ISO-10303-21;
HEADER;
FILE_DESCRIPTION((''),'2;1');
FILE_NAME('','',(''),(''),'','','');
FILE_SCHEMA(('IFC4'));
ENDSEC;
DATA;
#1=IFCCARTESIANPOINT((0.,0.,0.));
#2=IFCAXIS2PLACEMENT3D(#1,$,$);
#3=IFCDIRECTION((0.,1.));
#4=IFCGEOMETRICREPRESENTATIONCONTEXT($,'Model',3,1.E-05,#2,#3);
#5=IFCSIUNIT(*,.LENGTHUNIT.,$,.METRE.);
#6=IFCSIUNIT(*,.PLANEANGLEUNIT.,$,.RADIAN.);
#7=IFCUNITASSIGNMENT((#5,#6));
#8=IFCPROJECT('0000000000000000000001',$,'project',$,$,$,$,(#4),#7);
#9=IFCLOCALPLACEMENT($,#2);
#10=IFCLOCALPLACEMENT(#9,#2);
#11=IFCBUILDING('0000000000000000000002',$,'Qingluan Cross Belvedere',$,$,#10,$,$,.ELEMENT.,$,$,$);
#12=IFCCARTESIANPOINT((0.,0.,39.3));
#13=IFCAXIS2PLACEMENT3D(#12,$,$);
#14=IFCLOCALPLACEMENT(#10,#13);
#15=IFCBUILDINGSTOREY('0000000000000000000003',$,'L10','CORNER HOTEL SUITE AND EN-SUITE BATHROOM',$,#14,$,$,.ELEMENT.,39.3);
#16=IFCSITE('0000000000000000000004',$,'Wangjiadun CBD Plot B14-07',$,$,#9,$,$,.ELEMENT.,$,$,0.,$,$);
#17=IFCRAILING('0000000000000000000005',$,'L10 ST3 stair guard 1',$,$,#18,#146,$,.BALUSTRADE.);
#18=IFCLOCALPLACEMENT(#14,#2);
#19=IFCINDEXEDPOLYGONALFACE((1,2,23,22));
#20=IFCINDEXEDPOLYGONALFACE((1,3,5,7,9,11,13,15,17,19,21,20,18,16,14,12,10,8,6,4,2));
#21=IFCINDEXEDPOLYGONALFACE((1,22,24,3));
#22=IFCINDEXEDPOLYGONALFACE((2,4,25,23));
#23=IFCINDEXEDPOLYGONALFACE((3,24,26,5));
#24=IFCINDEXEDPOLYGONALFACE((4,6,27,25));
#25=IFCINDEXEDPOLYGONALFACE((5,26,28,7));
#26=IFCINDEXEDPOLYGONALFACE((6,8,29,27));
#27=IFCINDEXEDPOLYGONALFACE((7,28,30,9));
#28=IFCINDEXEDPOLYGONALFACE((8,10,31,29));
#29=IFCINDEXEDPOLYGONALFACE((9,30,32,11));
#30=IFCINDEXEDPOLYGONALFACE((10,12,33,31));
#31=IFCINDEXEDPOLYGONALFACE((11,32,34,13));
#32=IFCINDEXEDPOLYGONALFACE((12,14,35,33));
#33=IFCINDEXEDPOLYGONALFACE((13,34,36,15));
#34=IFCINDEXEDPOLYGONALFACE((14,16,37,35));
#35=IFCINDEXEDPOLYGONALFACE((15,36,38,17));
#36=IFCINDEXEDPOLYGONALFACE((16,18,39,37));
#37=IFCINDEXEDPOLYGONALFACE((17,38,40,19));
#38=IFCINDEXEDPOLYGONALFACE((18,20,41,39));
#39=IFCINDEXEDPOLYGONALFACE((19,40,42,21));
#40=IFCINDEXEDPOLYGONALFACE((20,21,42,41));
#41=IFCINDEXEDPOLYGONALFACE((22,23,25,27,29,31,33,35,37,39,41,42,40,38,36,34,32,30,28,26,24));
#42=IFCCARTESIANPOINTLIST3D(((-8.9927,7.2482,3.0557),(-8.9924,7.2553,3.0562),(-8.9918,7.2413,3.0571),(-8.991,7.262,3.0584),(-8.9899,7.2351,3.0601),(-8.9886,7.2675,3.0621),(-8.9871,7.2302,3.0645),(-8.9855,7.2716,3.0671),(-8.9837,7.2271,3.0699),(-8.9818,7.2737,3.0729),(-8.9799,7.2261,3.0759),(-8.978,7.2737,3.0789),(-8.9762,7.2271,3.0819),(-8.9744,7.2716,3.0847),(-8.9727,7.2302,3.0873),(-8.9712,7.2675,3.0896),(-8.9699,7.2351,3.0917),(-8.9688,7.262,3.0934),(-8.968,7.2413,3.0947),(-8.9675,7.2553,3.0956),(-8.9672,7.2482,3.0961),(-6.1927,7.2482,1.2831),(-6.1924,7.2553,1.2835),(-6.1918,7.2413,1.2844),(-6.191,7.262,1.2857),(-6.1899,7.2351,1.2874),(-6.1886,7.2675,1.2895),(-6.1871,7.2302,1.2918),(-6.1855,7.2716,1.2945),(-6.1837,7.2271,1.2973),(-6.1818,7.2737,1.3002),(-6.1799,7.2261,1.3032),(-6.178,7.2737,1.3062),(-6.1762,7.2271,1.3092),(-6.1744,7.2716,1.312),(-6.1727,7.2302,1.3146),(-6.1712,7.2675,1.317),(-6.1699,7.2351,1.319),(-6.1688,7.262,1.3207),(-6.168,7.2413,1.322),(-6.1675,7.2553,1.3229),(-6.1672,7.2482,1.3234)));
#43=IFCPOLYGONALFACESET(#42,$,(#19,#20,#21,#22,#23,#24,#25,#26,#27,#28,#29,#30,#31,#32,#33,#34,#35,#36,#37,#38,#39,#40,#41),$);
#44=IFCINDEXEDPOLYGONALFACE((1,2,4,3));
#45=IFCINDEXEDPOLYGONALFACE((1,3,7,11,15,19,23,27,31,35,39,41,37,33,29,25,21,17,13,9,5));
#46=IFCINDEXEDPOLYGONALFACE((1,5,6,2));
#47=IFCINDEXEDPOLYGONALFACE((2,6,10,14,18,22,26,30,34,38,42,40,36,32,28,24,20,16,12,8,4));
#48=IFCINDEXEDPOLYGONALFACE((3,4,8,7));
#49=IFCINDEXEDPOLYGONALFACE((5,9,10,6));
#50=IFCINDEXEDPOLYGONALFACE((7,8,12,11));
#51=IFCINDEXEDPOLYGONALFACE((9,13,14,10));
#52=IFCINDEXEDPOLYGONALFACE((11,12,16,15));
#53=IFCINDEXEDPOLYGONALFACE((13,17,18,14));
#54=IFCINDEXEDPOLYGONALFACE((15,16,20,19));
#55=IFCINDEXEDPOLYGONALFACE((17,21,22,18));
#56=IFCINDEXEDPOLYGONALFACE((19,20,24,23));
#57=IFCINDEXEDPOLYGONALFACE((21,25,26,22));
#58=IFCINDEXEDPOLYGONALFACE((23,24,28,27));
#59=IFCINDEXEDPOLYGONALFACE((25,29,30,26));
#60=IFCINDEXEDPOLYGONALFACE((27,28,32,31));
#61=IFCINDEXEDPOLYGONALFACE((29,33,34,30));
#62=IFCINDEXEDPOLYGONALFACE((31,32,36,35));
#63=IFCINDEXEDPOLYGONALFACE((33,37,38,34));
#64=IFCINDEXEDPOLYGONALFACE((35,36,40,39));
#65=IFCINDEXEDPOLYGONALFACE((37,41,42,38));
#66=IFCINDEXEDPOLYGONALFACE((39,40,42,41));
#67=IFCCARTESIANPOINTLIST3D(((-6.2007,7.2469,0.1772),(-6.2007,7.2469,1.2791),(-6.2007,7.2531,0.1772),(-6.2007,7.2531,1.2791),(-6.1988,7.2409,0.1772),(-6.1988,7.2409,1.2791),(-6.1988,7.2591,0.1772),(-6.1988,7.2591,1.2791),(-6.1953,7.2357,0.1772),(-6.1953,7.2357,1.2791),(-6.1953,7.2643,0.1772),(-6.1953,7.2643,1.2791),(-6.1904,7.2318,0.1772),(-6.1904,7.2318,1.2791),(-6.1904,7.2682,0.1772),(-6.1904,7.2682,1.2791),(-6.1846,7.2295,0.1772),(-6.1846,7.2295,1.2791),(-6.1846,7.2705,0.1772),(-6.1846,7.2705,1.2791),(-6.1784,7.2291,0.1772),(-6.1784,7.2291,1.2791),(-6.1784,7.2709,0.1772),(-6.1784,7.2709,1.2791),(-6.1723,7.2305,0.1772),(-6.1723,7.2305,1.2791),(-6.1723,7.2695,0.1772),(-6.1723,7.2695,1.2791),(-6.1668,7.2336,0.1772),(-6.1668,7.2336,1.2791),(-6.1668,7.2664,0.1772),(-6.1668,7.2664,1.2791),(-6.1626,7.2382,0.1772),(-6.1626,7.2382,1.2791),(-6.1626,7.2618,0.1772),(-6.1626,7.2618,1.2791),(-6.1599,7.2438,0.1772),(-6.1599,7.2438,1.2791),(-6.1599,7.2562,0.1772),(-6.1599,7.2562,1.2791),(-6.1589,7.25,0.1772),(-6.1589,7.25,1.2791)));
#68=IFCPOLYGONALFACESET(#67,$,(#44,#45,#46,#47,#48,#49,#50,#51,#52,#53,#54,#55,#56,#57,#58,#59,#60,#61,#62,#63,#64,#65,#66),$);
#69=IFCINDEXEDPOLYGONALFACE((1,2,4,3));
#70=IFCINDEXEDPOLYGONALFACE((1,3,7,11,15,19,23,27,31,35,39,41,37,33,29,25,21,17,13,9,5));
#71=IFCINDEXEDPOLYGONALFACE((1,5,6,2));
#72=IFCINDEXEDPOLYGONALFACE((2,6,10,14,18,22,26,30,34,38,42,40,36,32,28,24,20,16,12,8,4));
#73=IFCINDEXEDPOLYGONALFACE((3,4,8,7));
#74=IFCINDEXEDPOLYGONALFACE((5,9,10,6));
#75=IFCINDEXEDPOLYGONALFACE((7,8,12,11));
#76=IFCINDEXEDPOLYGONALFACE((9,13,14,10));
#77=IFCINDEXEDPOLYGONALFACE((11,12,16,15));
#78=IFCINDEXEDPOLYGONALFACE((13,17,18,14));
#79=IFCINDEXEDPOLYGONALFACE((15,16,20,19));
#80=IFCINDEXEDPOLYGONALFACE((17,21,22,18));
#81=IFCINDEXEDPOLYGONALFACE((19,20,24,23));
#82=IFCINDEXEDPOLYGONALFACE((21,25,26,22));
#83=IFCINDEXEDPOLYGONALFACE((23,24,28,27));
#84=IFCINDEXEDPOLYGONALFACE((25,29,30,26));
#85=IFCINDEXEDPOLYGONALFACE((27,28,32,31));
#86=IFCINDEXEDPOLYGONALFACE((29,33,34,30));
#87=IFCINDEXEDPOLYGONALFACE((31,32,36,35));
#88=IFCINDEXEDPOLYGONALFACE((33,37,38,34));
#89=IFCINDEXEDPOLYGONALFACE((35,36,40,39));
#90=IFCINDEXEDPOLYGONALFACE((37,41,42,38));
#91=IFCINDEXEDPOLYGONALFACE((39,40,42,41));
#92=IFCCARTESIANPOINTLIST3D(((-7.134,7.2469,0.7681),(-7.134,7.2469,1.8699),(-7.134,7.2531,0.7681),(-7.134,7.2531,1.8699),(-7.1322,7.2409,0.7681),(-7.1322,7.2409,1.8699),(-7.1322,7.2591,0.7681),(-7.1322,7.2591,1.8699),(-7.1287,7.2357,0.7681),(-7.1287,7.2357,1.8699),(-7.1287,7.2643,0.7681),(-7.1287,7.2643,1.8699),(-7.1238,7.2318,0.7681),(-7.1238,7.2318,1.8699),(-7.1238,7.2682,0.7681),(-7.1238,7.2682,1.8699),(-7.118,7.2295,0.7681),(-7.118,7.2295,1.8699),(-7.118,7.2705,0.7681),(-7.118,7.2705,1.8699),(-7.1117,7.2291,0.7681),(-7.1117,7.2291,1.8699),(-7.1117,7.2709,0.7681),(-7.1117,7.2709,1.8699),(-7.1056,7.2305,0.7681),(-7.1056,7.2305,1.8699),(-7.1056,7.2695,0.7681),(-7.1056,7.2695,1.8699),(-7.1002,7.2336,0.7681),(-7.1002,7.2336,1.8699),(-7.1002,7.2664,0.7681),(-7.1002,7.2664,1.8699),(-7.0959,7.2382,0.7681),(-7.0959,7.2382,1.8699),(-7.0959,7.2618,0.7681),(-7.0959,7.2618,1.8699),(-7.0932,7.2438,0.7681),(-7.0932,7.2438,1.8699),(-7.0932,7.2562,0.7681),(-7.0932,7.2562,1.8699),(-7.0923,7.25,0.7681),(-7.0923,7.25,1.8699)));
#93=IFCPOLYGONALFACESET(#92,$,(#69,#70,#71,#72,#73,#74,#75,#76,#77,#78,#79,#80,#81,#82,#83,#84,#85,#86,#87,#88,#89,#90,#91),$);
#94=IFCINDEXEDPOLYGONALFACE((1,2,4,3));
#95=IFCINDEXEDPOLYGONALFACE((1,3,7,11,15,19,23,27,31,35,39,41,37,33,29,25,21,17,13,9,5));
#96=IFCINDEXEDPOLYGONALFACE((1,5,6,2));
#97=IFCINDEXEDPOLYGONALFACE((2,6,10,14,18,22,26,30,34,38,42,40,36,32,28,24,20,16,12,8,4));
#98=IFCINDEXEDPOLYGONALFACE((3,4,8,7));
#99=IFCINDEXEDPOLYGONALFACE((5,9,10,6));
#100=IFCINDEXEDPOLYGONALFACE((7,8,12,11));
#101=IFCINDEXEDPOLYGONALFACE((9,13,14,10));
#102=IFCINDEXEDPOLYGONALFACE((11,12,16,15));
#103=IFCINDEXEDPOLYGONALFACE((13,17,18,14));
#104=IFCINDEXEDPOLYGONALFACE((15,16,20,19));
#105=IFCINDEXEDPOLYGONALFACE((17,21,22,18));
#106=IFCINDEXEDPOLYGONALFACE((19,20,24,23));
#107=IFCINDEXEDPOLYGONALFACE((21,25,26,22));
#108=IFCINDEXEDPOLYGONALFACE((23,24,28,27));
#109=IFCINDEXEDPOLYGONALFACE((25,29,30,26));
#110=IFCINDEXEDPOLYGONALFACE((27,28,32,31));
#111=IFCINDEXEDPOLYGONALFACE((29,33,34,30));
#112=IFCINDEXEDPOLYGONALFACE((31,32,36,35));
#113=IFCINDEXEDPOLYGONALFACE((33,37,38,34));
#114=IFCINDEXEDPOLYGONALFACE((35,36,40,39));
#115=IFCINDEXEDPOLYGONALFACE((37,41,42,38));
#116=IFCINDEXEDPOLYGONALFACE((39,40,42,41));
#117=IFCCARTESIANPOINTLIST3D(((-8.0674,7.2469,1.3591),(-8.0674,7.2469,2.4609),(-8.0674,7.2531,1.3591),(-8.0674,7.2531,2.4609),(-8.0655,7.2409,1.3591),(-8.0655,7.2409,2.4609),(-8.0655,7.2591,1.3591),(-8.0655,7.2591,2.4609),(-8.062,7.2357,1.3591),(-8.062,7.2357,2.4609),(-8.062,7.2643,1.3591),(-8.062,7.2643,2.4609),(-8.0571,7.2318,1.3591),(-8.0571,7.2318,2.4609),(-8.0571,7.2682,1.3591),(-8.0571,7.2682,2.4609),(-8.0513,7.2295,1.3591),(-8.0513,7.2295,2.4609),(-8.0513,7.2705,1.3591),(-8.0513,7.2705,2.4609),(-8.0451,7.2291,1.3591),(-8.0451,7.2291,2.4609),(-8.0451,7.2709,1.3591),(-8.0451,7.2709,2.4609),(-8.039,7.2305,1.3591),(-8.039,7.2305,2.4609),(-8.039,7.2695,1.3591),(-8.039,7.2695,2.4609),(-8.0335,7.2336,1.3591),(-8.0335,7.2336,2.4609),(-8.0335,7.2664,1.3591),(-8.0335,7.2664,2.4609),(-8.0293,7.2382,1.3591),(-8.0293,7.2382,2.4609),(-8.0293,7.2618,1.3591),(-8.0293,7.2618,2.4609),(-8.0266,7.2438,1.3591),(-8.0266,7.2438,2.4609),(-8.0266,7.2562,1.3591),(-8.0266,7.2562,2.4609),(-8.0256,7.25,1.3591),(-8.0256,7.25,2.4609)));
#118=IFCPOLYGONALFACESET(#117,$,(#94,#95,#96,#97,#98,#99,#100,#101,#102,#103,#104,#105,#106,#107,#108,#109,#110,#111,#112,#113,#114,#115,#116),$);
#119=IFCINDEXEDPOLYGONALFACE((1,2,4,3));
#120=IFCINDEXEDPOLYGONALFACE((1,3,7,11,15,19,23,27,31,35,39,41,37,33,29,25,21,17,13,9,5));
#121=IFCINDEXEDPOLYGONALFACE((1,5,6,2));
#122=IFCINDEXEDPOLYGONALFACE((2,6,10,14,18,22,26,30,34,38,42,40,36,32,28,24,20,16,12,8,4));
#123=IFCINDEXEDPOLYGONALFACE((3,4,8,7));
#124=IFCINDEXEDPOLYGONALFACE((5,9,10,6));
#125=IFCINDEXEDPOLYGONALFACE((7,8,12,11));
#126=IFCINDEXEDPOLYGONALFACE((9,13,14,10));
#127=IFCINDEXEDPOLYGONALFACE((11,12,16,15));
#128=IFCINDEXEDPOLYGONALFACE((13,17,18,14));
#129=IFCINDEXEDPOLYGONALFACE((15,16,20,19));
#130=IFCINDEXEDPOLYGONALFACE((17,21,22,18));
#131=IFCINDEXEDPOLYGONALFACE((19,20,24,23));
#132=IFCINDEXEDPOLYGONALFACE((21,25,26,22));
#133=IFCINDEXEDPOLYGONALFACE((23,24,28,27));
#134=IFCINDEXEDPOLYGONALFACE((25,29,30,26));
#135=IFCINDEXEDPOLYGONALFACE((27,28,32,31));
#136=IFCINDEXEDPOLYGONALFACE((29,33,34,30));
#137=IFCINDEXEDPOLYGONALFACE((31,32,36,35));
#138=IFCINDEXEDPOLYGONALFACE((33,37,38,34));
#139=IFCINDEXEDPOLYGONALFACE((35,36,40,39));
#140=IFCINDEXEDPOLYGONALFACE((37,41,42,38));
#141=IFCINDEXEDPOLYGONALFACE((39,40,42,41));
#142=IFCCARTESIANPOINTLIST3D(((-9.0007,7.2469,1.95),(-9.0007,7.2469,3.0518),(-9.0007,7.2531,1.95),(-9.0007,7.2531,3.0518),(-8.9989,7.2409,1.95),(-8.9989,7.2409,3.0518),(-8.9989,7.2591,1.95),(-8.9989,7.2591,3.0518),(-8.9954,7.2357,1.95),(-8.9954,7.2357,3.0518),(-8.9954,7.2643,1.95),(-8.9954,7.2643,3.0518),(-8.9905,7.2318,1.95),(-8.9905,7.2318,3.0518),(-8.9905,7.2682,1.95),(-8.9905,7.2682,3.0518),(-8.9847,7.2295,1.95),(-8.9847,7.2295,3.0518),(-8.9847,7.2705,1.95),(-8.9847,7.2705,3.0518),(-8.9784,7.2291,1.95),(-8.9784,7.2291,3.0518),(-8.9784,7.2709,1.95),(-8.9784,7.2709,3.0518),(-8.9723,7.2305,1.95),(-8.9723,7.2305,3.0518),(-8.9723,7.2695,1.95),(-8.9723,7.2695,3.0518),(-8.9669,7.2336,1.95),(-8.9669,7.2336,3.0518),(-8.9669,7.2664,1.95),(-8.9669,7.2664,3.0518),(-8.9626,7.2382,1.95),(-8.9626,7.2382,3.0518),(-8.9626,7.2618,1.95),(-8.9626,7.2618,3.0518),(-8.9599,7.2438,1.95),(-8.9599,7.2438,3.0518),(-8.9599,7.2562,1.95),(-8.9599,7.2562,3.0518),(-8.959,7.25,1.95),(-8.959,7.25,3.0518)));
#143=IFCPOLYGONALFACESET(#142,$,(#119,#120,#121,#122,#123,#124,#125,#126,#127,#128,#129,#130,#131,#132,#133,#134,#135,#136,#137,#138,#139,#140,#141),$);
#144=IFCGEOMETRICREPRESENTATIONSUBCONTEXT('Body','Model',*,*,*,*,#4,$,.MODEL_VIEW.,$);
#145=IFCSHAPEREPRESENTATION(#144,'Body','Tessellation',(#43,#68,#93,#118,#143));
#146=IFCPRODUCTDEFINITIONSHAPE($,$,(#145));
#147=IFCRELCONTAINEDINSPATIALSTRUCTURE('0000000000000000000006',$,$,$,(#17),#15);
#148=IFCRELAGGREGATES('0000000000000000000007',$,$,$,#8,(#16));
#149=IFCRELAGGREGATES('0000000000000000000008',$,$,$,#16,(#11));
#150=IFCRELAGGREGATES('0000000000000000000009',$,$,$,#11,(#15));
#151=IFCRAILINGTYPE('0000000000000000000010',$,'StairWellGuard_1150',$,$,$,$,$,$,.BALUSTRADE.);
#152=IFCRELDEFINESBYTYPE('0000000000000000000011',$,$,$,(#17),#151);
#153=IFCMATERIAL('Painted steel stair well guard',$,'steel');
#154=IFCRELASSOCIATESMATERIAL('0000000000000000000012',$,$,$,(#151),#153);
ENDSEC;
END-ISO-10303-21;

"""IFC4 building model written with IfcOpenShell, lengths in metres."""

from ifc_helpers import new_model, si_unit, direction, frame, origin, origin_2d, place, context, subcontext, project, spatial, circle, extrude, material, type_object, element, save


model = new_model("IFC4")

# Units and contexts
model_context = context("Model", 3, precision=1e-05, world=origin(), true_north=direction((0.0, 1.0)))
body_context = subcontext(model_context, "Body", "Model", "MODEL_VIEW")
ifc_project = project(units=[si_unit("LENGTHUNIT", "METRE"), si_unit("PLANEANGLEUNIT", "RADIAN")], contexts=[model_context])

# Site, building, storey
site_placement = place(None, origin())
site = spatial("IfcSite", under=ifc_project, at=site_placement, Name="Wangjiadun CBD Plot B14-07", CompositionType="ELEMENT", RefElevation=0.0)
building_placement = place(site_placement, origin())
building = spatial("IfcBuilding", under=site, at=building_placement, Name="Qingluan Cross Belvedere", CompositionType="ELEMENT")
storey_placement = place(building_placement, frame((0.0, 0.0, 39.3)))
storey = spatial("IfcBuildingStorey", under=building, at=storey_placement, Name="L10", Description="CORNER HOTEL SUITE AND EN-SUITE BATHROOM", CompositionType="ELEMENT", Elevation=39.3)

# Railing
ifc_material_1 = material(Name="Painted steel stair well guard", Category="steel")
railing_type_1 = type_object("IfcRailingType", Name="StairWellGuard_1150", PredefinedType="BALUSTRADE", material=ifc_material_1)
railing_1_placement = place(storey_placement, frame((-6.1799, 7.25, 0.1772)))
element("IfcRailing", 1, at=railing_1_placement, inside=storey, type_object=railing_type_1, Name="L10 ST3 stair guard 1", PredefinedType="BALUSTRADE", context=body_context, shape_type="SweptSolid", body=[
    extrude(circle(Radius=0.0239, at=origin_2d()), frame((0.0, 0.0, 1.126), z_axis=(-0.844909, 0.0, 0.53491), x_axis=(0.0, -1.0, 0.0)), (0.0, 0.0, 1.0), 3.314),
    extrude(circle(Radius=0.021, at=origin_2d()), origin(), (0.0, 0.0, 1.0), 1.1018),
    extrude(circle(Radius=0.021, at=origin_2d()), frame((-0.9333, 0.0, 0.5908)), (0.0, 0.0, 1.0), 1.1018),
    extrude(circle(Radius=0.021, at=origin_2d()), frame((-1.8667, 0.0, 1.1819)), (0.0, 0.0, 1.0), 1.1018),
    extrude(circle(Radius=0.021, at=origin_2d()), frame((-2.8, 0.0, 1.7727)), (0.0, 0.0, 1.0), 1.1018),
])

save(model, "model.ifc")
